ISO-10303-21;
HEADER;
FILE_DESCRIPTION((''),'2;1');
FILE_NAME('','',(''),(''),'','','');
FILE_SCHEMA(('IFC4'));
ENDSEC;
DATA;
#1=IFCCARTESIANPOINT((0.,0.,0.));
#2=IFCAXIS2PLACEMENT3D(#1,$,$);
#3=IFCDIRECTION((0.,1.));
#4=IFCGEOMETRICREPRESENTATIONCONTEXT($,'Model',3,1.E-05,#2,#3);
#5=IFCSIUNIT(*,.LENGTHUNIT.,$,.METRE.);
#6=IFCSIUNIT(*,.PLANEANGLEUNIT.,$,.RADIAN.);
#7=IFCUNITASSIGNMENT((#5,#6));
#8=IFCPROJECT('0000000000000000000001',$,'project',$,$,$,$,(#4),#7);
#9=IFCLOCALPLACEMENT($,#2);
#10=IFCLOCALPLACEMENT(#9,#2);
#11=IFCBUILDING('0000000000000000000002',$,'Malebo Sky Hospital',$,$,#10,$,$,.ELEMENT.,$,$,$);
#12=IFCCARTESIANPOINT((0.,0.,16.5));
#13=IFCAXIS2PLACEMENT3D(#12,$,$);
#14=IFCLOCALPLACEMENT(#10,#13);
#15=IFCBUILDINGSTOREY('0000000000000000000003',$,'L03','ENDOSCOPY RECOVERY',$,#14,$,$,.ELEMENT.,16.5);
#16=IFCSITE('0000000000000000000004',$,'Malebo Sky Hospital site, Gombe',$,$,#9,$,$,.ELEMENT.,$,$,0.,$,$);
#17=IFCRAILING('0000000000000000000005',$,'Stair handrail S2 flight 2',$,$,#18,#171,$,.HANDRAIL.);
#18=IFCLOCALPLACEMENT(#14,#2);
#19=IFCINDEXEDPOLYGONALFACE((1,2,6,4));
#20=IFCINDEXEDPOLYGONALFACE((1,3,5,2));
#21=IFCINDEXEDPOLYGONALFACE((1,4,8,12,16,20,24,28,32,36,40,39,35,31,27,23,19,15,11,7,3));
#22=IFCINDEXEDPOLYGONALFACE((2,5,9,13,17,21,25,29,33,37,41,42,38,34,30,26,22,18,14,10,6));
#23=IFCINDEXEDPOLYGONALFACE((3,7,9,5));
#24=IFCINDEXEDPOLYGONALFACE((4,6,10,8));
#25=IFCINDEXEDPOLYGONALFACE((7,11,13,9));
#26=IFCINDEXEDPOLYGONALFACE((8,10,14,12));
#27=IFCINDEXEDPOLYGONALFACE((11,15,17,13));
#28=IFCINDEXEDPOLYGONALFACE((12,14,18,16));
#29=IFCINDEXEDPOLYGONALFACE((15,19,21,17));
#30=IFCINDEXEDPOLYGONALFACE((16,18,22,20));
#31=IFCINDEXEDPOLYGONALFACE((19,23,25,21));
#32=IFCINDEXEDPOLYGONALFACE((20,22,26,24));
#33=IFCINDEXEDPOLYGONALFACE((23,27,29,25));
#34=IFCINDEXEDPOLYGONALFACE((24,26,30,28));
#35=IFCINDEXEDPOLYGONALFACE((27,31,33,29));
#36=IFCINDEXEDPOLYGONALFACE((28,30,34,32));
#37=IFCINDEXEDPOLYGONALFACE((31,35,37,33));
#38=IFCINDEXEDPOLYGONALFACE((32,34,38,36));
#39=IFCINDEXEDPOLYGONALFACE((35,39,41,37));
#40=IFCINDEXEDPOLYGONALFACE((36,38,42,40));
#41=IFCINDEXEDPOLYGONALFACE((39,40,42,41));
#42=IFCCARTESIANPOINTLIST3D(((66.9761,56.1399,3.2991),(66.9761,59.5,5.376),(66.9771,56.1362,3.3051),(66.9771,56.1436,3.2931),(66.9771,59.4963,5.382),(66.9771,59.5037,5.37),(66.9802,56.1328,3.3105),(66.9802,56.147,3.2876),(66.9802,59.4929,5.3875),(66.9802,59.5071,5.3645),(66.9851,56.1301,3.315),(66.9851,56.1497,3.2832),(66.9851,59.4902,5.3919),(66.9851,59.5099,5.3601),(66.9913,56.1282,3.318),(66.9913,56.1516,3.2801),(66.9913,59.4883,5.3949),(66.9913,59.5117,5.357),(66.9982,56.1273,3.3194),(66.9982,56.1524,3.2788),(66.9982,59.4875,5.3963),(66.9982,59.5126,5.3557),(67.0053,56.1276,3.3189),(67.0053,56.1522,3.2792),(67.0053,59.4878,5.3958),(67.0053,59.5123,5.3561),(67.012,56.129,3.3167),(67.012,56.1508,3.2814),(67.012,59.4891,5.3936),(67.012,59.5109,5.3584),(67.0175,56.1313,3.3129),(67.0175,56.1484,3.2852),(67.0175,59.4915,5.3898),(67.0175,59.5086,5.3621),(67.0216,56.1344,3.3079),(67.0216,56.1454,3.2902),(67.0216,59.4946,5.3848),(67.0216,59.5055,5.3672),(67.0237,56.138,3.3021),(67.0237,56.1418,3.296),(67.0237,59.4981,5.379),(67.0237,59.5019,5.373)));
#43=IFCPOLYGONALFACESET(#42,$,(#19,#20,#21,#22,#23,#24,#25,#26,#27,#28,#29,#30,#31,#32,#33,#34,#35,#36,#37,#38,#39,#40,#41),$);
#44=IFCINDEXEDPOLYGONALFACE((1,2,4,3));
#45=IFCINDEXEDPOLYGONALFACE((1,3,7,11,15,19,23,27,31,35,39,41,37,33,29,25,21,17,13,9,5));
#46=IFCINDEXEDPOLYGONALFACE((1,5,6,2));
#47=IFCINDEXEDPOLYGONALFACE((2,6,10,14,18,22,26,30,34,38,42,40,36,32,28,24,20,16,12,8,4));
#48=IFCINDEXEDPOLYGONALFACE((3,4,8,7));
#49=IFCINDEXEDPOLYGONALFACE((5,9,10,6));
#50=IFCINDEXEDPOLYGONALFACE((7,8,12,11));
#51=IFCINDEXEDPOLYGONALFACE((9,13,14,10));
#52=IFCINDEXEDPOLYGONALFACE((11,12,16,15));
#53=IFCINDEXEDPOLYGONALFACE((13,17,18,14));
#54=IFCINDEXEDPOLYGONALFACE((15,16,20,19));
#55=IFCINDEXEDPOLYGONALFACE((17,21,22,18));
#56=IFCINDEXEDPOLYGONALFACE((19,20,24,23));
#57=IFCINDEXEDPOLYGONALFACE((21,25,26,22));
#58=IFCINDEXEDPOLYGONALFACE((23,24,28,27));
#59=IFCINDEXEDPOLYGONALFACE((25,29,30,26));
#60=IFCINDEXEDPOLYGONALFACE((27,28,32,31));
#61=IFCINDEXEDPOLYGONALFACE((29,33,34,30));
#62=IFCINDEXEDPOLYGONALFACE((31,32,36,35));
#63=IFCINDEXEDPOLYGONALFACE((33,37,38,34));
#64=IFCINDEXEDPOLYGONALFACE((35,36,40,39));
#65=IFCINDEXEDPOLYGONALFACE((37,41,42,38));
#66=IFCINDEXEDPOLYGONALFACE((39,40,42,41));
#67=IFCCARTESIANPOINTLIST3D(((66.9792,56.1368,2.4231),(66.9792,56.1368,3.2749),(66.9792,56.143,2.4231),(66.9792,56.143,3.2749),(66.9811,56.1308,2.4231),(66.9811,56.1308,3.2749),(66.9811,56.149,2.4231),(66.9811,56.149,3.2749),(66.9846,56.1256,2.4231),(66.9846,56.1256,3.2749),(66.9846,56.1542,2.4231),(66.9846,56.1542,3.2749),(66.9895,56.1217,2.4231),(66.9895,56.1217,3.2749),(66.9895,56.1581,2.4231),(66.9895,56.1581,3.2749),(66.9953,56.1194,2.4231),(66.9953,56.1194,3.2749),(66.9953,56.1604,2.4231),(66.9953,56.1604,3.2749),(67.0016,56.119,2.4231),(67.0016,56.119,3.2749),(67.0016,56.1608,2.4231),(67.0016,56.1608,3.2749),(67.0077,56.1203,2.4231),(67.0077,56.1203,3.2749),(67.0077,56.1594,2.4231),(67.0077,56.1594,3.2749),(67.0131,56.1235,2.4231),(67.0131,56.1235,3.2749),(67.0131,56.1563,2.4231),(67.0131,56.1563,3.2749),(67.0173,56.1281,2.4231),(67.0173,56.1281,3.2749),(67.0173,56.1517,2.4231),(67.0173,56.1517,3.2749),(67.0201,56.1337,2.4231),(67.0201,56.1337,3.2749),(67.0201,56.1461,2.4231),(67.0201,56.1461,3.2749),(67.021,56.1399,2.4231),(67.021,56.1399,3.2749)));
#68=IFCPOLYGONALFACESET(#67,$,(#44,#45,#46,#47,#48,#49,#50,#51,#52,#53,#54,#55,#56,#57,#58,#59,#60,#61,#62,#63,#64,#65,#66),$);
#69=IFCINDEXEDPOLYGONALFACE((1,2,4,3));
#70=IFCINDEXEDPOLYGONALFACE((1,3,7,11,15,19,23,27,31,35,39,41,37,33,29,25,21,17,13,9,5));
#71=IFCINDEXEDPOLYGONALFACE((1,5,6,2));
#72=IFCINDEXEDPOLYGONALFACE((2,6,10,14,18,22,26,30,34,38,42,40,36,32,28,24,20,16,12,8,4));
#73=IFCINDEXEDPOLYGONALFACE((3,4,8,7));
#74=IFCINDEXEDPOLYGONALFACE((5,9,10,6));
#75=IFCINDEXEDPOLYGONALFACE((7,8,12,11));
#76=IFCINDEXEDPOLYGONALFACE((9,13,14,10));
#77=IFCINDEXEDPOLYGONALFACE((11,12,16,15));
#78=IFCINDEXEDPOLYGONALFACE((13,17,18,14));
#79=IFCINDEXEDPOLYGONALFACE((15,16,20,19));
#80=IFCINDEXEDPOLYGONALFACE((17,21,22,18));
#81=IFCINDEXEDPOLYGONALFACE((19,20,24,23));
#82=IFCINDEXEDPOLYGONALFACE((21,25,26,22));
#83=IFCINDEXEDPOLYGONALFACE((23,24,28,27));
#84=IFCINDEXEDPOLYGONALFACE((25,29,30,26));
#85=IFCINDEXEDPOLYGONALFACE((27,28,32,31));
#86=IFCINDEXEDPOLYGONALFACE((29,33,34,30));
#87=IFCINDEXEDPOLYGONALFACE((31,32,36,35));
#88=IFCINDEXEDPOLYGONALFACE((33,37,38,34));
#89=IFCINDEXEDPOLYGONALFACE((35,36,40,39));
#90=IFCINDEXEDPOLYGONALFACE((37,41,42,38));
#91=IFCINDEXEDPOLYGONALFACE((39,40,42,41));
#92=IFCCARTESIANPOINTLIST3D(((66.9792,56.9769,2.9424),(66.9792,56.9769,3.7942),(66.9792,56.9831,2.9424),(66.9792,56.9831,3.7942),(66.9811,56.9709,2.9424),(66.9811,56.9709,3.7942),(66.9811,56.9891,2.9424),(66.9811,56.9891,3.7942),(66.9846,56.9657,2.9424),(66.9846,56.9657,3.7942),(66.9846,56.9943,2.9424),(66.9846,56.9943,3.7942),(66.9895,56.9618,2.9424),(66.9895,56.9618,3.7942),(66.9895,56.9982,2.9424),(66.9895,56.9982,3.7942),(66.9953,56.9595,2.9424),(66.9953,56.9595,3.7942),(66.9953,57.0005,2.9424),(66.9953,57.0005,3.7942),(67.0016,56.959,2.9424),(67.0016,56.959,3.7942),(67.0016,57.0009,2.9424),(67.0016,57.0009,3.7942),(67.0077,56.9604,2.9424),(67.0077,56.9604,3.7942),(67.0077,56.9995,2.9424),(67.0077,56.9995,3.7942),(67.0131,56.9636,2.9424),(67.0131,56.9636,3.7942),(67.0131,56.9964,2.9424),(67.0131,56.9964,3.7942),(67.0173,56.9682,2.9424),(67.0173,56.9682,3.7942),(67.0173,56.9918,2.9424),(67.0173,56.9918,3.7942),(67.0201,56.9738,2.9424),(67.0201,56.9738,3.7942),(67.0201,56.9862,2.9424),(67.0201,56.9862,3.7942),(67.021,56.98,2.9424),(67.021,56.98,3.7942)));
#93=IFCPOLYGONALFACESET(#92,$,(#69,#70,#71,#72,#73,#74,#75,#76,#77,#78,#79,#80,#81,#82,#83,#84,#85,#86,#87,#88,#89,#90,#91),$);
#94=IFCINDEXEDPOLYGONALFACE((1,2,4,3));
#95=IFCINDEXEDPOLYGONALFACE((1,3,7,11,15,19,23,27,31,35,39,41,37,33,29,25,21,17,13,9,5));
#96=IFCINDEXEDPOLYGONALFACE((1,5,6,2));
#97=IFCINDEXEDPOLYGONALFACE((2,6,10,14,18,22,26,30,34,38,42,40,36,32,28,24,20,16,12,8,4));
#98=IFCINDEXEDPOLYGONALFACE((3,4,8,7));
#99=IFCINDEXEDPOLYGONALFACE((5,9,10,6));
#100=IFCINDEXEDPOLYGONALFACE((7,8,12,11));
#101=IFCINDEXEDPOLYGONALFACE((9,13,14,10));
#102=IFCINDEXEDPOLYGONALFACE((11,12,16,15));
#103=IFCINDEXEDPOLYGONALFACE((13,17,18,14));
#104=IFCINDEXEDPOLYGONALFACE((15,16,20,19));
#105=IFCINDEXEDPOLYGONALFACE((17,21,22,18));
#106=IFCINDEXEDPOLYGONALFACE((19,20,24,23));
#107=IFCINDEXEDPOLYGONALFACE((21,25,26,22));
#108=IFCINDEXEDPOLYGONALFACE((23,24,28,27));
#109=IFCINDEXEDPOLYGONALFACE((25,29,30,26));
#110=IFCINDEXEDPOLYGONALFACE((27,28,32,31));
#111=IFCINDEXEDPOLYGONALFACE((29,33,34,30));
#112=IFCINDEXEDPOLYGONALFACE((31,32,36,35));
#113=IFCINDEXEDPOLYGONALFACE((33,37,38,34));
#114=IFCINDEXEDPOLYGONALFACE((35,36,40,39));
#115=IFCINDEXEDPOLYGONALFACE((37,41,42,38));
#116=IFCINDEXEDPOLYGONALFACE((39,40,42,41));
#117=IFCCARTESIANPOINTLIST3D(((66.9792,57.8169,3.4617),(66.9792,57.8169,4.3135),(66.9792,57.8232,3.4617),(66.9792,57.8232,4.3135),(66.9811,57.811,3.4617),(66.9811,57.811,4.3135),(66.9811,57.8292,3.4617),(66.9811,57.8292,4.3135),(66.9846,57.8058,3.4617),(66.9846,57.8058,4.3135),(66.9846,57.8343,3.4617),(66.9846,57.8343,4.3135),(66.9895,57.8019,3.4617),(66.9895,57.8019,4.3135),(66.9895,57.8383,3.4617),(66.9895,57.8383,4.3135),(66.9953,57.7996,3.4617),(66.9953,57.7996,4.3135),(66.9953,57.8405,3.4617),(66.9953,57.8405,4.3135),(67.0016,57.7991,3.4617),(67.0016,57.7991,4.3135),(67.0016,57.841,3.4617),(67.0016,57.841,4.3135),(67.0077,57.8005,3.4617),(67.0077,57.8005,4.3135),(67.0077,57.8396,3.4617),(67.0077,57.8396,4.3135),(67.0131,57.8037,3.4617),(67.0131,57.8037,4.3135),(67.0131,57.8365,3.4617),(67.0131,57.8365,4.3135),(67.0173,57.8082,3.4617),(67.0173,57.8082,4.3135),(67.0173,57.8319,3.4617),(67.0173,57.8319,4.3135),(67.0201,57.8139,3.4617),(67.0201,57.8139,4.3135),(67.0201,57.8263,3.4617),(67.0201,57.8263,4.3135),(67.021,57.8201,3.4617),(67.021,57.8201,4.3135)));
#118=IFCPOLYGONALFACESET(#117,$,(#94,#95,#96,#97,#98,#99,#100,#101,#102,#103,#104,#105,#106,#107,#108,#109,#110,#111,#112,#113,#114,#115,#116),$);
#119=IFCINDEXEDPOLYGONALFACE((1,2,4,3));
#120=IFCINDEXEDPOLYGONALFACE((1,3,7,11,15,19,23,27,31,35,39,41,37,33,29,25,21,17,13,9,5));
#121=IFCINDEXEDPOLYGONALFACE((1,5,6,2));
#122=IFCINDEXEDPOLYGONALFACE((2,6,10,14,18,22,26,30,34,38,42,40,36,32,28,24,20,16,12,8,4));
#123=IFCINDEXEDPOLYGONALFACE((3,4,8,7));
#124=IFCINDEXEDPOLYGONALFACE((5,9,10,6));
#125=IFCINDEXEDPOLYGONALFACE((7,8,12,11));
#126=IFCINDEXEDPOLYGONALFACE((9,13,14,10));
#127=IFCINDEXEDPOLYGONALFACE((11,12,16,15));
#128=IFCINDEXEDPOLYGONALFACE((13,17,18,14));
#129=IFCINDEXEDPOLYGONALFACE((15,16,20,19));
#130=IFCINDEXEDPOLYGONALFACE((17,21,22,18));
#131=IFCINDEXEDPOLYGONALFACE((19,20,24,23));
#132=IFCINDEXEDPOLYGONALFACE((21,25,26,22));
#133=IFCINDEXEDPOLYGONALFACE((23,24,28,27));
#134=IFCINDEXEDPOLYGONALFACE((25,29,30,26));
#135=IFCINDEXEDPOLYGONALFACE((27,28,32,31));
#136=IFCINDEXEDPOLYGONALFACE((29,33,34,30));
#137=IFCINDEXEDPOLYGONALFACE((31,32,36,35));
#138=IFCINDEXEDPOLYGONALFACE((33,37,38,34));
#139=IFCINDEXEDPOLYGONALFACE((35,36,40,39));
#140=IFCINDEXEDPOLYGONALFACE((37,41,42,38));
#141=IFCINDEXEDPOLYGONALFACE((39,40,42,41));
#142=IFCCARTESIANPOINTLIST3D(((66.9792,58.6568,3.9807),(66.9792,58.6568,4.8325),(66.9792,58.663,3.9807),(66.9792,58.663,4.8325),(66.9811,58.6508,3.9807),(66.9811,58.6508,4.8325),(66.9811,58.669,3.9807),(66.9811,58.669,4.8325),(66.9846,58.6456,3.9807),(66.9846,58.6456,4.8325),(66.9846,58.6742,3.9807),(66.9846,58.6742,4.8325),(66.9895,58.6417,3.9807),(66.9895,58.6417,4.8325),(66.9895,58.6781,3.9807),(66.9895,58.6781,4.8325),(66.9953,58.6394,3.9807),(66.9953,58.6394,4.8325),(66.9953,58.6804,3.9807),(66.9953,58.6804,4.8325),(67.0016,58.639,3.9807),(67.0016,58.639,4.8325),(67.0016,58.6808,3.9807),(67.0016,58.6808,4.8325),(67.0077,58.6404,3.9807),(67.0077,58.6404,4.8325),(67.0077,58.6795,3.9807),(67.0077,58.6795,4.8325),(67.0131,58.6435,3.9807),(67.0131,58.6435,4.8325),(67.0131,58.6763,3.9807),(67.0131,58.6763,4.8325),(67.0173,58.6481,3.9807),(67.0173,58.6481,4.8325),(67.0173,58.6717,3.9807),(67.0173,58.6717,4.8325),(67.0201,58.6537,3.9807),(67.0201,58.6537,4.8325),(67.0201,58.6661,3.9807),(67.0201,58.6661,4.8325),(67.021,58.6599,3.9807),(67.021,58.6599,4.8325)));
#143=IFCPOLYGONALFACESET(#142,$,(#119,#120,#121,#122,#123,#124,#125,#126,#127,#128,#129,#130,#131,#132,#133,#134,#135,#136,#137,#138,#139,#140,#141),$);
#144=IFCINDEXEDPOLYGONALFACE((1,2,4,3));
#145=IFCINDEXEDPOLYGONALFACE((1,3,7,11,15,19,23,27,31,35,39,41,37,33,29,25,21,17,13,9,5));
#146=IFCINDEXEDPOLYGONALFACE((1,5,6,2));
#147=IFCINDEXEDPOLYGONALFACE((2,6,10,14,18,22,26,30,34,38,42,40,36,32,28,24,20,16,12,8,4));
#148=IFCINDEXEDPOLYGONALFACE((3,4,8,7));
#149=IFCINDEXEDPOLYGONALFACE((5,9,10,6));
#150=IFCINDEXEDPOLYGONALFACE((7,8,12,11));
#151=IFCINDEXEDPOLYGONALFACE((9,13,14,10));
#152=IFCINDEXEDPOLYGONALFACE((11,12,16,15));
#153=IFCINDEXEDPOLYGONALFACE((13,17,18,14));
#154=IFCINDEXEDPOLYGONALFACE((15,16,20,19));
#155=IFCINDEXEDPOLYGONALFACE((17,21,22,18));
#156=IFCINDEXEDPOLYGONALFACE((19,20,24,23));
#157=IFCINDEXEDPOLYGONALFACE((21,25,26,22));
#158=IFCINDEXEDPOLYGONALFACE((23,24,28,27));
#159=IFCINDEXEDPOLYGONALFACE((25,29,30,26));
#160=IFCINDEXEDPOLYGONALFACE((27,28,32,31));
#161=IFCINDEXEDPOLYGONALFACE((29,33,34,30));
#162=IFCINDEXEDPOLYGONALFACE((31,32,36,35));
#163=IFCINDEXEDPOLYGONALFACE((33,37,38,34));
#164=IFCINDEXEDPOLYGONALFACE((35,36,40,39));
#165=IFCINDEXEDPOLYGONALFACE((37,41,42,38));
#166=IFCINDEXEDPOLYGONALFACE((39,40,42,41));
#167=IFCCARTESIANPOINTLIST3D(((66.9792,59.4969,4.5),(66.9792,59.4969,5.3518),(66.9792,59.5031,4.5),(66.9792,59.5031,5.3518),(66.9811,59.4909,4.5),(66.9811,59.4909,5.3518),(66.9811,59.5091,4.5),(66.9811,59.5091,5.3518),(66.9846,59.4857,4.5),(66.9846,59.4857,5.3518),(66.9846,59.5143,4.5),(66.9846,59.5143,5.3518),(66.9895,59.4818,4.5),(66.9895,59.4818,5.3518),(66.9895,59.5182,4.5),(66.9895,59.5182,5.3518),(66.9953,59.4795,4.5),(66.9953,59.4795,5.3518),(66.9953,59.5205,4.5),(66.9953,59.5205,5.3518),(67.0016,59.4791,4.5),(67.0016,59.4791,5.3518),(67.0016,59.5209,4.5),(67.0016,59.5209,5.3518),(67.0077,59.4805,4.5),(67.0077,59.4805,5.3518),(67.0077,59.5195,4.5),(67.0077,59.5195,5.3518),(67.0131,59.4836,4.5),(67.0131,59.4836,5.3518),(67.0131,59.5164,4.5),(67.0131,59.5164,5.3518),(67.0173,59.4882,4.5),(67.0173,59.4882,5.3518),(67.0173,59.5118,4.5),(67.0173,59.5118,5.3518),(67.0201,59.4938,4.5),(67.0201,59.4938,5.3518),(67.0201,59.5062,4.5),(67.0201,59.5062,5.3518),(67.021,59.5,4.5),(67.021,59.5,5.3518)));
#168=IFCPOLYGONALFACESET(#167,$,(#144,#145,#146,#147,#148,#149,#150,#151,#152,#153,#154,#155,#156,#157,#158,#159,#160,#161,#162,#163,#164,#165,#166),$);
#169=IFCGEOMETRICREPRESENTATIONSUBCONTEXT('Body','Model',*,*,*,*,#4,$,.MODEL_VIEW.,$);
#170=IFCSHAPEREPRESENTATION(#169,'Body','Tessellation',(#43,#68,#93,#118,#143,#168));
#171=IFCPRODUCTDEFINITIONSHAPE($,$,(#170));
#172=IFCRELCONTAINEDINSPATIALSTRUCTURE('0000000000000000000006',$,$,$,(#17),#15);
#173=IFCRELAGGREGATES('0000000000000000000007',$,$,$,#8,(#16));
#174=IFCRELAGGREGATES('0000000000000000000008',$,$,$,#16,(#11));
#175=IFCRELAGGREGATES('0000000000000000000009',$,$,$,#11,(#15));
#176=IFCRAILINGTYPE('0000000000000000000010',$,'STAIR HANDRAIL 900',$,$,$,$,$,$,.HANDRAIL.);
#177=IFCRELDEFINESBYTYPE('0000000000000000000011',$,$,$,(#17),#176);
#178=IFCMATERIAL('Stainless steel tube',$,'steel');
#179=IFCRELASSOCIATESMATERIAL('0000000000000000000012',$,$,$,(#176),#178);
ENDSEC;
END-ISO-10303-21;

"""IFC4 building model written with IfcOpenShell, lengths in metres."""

from ifc_helpers import new_model, si_unit, direction, frame, origin, origin_2d, place, context, subcontext, project, spatial, circle, extrude, material, type_object, element, save


model = new_model("IFC4")

# Units and contexts
model_context = context("Model", 3, precision=1e-05, world=origin(), true_north=direction((0.0, 1.0)))
body_context = subcontext(model_context, "Body", "Model", "MODEL_VIEW")
ifc_project = project(units=[si_unit("LENGTHUNIT", "METRE"), si_unit("PLANEANGLEUNIT", "RADIAN")], contexts=[model_context])

# Site, building, storey
site_placement = place(None, origin())
site = spatial("IfcSite", under=ifc_project, at=site_placement, Name="Malebo Sky Hospital site, Gombe", CompositionType="ELEMENT", RefElevation=0.0)
building_placement = place(site_placement, origin())
building = spatial("IfcBuilding", under=site, at=building_placement, Name="Malebo Sky Hospital", CompositionType="ELEMENT")
storey_placement = place(building_placement, frame((0.0, 0.0, 16.5)))
storey = spatial("IfcBuildingStorey", under=building, at=storey_placement, Name="L03", Description="ENDOSCOPY RECOVERY", CompositionType="ELEMENT", Elevation=16.5)

# Railing
ifc_material_1 = material(Name="Stainless steel tube", Category="steel")
railing_type = type_object("IfcRailingType", Name="STAIR HANDRAIL 900", PredefinedType="HANDRAIL", material=ifc_material_1)
railing_1_placement = place(storey_placement, frame((67.0, 56.1399, 2.4231)))
element("IfcRailing", 1, at=railing_1_placement, inside=storey, type_object=railing_type, Name="Stair handrail S2 flight 2", PredefinedType="HANDRAIL", context=body_context, shape_type="SweptSolid", body=[
    extrude(circle(Radius=0.0239, at=origin_2d()), frame((0.0, 0.0, 0.876), z_axis=(0.0, 0.850623, 0.525776), x_axis=(-1.0, 0.0, 0.0)), (0.0, 0.0, 1.0), 3.9502),
    extrude(circle(Radius=0.021, at=origin_2d()), origin(), (0.0, 0.0, 1.0), 0.8518),
    extrude(circle(Radius=0.021, at=origin_2d()), frame((0.0, 0.8401, 0.5193)), (0.0, 0.0, 1.0), 0.8518),
    extrude(circle(Radius=0.021, at=origin_2d()), frame((0.0, 1.6802, 1.0386)), (0.0, 0.0, 1.0), 0.8518),
    extrude(circle(Radius=0.021, at=origin_2d()), frame((0.0, 2.52, 1.5576)), (0.0, 0.0, 1.0), 0.8518),
    extrude(circle(Radius=0.021, at=origin_2d()), frame((0.0, 3.3601, 2.0769)), (0.0, 0.0, 1.0), 0.8518),
])

save(model, "model.ifc")
